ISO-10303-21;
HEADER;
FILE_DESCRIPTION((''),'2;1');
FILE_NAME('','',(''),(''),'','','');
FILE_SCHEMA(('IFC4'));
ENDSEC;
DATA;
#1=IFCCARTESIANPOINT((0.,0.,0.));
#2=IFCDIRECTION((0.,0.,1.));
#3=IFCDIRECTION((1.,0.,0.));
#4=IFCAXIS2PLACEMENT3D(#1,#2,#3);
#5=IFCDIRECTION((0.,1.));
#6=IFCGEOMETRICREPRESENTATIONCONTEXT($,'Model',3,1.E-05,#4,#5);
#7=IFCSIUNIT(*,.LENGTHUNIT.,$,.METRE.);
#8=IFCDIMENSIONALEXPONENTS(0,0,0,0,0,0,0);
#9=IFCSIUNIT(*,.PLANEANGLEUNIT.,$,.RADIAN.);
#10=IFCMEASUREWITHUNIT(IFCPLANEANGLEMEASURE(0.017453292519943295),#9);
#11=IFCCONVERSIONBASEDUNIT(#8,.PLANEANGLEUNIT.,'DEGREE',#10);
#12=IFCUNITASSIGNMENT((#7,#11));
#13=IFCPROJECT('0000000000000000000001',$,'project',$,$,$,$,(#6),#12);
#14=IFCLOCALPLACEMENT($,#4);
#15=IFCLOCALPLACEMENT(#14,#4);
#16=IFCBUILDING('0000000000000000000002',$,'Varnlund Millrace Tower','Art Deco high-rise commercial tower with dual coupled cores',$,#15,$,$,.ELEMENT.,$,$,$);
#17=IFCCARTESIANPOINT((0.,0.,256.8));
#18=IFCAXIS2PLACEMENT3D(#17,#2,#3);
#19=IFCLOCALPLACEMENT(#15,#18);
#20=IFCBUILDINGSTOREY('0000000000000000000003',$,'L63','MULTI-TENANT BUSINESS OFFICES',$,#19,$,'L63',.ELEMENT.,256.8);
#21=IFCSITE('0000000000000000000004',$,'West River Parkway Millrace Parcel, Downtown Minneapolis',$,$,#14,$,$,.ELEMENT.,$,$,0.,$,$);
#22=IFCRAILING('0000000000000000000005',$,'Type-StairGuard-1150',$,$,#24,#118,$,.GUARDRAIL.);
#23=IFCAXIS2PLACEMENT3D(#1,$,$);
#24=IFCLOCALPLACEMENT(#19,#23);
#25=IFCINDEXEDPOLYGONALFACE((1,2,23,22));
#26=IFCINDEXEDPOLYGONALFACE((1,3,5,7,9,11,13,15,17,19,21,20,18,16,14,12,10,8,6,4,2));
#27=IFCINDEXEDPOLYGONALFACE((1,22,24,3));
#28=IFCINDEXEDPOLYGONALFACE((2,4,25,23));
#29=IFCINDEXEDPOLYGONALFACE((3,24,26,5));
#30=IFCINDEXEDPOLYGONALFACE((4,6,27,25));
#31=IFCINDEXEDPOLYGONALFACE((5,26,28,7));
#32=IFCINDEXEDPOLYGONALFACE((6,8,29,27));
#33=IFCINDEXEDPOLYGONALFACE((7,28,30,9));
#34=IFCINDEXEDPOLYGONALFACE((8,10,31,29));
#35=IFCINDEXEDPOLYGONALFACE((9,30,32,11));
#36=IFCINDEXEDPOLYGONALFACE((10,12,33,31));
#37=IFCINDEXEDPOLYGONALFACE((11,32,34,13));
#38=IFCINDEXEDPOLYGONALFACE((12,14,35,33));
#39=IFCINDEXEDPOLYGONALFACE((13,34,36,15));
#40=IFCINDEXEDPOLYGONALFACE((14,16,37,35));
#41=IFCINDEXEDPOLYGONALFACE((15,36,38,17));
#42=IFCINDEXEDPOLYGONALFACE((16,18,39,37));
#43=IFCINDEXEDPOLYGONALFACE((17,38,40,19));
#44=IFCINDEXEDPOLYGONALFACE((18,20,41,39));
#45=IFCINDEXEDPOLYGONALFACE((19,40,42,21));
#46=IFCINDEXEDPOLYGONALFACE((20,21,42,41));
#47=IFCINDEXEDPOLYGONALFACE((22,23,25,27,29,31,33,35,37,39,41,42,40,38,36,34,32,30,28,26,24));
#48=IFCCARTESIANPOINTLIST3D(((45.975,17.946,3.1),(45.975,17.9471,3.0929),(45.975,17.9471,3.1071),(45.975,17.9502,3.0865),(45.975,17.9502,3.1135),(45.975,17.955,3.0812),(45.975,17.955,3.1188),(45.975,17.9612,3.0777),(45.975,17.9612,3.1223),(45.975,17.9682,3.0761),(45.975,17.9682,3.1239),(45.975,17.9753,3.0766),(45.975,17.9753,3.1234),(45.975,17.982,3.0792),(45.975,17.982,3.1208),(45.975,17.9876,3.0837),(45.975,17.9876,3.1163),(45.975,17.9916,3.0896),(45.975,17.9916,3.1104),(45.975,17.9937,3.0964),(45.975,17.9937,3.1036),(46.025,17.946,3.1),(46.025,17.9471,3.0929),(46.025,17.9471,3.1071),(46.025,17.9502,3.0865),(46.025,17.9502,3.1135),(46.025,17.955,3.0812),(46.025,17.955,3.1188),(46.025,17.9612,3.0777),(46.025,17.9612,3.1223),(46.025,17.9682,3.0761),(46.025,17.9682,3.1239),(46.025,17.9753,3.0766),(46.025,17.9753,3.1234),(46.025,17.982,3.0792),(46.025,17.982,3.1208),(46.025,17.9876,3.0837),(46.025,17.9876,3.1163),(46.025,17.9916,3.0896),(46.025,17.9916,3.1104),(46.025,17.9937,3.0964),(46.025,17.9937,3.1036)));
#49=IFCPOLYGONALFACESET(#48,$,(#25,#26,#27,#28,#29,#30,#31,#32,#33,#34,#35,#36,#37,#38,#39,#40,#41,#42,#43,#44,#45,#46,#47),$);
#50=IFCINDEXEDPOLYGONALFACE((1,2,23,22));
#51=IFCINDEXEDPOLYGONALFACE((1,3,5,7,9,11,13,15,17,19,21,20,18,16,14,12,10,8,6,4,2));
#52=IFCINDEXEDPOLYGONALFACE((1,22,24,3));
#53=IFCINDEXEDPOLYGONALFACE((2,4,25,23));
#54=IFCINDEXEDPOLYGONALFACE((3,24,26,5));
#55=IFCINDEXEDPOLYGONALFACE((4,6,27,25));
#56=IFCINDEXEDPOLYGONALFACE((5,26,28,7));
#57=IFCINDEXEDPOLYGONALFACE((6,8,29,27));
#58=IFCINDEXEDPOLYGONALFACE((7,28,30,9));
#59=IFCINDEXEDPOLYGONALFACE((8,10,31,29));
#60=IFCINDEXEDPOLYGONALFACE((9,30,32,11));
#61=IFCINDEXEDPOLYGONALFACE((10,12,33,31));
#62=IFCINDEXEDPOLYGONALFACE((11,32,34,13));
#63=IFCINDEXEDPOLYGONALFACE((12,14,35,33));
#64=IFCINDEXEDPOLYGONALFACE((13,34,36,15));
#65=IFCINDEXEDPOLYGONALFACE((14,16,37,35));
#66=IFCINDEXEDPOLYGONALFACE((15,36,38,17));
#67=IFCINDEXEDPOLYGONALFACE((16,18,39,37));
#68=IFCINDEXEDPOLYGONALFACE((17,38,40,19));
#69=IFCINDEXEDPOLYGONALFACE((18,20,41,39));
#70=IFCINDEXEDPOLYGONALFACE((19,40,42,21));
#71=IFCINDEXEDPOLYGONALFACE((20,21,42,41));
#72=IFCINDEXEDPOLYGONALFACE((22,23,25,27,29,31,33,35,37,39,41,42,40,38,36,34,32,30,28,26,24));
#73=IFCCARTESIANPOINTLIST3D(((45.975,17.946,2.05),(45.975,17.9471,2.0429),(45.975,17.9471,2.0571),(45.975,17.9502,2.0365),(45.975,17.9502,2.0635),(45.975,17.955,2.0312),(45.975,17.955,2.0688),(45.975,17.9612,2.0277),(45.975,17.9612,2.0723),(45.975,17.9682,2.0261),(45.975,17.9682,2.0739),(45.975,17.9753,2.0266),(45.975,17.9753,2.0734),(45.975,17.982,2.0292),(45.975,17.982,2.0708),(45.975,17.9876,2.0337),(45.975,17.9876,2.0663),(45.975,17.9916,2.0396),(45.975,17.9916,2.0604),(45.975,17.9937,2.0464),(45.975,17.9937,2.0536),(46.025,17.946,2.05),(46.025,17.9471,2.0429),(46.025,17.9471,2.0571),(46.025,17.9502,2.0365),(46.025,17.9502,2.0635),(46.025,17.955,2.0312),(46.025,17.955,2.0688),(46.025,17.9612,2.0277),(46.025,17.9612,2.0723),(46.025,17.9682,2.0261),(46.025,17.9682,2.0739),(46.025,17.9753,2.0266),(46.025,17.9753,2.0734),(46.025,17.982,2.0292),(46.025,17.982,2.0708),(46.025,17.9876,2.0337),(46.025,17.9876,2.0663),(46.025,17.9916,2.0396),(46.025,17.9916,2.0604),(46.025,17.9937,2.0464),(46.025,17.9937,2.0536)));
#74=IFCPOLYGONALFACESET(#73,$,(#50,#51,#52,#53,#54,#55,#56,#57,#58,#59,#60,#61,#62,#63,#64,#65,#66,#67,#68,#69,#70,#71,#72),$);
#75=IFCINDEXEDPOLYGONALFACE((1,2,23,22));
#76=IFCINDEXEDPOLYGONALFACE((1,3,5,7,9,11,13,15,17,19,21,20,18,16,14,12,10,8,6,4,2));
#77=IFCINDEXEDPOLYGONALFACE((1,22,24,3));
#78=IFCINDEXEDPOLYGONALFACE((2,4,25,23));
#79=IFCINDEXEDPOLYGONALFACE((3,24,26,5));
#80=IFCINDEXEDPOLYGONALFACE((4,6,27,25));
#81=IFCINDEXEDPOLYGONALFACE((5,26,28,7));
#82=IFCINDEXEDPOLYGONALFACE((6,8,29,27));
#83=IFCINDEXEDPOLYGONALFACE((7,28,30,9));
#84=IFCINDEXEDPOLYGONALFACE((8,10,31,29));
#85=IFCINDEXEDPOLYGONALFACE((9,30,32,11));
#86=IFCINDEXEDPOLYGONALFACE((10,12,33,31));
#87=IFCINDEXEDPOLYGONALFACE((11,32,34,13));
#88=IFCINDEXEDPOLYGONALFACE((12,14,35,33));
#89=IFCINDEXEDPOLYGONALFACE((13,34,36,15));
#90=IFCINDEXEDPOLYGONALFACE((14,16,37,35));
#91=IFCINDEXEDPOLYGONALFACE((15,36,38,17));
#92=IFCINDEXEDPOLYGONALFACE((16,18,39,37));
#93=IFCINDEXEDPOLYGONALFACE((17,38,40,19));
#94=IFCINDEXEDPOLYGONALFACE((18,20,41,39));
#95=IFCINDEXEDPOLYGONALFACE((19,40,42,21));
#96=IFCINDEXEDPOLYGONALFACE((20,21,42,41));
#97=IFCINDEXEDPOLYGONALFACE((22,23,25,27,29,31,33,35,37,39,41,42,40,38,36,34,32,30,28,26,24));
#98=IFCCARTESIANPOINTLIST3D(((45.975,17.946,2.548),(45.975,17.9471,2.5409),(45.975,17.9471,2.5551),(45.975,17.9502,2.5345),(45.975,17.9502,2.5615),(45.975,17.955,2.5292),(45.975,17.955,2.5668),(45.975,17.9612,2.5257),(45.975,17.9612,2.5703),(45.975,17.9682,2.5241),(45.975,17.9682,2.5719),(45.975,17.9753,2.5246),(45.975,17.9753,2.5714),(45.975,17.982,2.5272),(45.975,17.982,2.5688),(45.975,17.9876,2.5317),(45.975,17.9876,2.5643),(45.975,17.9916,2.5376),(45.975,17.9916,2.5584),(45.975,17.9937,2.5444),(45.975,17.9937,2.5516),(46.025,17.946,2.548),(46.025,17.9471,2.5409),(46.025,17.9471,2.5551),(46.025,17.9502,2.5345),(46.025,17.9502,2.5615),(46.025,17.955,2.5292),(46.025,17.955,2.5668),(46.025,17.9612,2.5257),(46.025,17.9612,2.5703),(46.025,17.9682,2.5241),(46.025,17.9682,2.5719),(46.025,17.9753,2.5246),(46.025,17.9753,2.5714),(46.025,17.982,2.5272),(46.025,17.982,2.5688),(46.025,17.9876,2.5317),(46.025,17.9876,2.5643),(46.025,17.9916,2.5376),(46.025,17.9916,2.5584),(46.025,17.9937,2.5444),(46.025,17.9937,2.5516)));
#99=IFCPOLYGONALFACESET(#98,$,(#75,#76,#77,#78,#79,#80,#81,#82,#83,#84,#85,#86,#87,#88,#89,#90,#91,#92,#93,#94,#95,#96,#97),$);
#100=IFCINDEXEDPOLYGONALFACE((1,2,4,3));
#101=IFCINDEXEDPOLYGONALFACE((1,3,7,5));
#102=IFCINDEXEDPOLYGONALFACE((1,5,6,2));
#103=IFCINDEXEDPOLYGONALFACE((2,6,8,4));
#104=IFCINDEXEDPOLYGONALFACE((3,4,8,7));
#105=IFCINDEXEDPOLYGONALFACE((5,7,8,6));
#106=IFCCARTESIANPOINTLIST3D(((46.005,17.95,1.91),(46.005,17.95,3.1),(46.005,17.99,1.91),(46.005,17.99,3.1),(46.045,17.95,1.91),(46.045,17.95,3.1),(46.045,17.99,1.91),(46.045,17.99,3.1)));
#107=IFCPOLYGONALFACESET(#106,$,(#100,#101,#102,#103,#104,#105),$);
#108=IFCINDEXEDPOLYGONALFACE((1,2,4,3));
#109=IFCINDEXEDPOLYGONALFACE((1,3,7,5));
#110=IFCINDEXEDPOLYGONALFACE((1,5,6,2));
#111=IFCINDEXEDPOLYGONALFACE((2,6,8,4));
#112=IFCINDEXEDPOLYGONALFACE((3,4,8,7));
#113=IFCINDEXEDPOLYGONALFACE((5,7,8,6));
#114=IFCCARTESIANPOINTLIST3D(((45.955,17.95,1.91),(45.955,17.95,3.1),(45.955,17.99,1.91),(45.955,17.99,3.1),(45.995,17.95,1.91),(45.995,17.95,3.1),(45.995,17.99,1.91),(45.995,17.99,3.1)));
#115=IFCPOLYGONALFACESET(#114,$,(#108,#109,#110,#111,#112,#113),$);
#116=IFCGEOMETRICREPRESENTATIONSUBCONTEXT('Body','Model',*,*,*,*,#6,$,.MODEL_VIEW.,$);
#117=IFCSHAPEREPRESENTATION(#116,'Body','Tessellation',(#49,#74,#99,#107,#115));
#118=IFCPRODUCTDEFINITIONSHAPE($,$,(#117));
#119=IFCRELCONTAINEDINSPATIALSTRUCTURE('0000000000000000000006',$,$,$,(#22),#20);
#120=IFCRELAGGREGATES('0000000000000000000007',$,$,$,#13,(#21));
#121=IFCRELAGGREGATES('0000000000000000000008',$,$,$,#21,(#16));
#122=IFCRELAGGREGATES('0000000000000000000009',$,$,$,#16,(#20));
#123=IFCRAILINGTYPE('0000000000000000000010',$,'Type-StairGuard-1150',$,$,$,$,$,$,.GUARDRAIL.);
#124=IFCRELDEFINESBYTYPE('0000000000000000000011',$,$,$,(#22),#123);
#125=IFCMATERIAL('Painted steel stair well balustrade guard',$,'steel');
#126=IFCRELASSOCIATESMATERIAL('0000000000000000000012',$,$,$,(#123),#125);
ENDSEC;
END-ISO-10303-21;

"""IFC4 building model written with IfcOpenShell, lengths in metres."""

from ifc_helpers import new_model, entity, si_unit, converted_unit, direction, frame, origin_with_axes, origin_2d_with_axis, place, context, subcontext, project, spatial, rectangle, circle, extrude, material, type_object, element, save


model = new_model("IFC4")

# Units and contexts
model_context = context("Model", 3, precision=1e-05, world=origin_with_axes(), true_north=direction((0.0, 1.0)))
body_context = subcontext(model_context, "Body", "Model", "MODEL_VIEW")
ifc_project = project(units=[si_unit("LENGTHUNIT", "METRE"), converted_unit("PLANEANGLEUNIT", "DEGREE", entity("IfcPlaneAngleMeasure", 0.017453292519943295), si_unit("PLANEANGLEUNIT", "RADIAN"), dimensions=[0, 0, 0, 0, 0, 0, 0])], contexts=[model_context])

# Site, building, storey
site_placement = place(None, origin_with_axes())
site = spatial("IfcSite", under=ifc_project, at=site_placement, Name="West River Parkway Millrace Parcel, Downtown Minneapolis", CompositionType="ELEMENT", RefElevation=0.0)
building_placement = place(site_placement, origin_with_axes())
building = spatial("IfcBuilding", under=site, at=building_placement, Name="Varnlund Millrace Tower", Description="Art Deco high-rise commercial tower with dual coupled cores", CompositionType="ELEMENT")
storey_placement = place(building_placement, frame((0.0, 0.0, 256.8), z_axis=(0.0, 0.0, 1.0), x_axis=(1.0, 0.0, 0.0)))
storey = spatial("IfcBuildingStorey", under=building, at=storey_placement, Name="L63", Description="MULTI-TENANT BUSINESS OFFICES", LongName="L63", CompositionType="ELEMENT", Elevation=256.8)

# Railing
ifc_material_1 = material(Name="Painted steel stair well balustrade guard", Category="steel")
railing_type_1 = type_object("IfcRailingType", Name="Type-StairGuard-1150", PredefinedType="GUARDRAIL", material=ifc_material_1)
railing_1_placement = place(storey_placement, frame((0.0, 0.0, -256.8), z_axis=(0.0, 0.0, 1.0), x_axis=(1.0, 0.0, 0.0)))
element("IfcRailing", 1, at=railing_1_placement, inside=storey, type_object=railing_type_1, Name="Type-StairGuard-1150", PredefinedType="GUARDRAIL", context=body_context, shape_type="SweptSolid", body=[
    extrude(circle(Radius=0.024, at=origin_2d_with_axis()), frame((46.025, 17.97, 259.9), z_axis=(-1.0, 0.0, 0.0), x_axis=(0.0, -1.0, 0.0)), (0.0, 0.0, 1.0), 0.05),
    extrude(circle(Radius=0.024, at=origin_2d_with_axis()), frame((46.025, 17.97, 258.85), z_axis=(-1.0, 0.0, 0.0), x_axis=(0.0, -1.0, 0.0)), (0.0, 0.0, 1.0), 0.05),
    extrude(circle(Radius=0.024, at=origin_2d_with_axis()), frame((46.025, 17.97, 259.348), z_axis=(-1.0, 0.0, 0.0), x_axis=(0.0, -1.0, 0.0)), (0.0, 0.0, 1.0), 0.05),
    extrude(rectangle(XDim=0.04, YDim=0.04, at=origin_2d_with_axis()), frame((46.025, 17.97, 258.71), z_axis=(0.0, 0.0, 1.0), x_axis=(1.0, 0.0, 0.0)), (0.0, 0.0, 1.0), 1.19),
    extrude(rectangle(XDim=0.04, YDim=0.04, at=origin_2d_with_axis()), frame((45.975, 17.97, 258.71), z_axis=(0.0, 0.0, 1.0), x_axis=(1.0, 0.0, 0.0)), (0.0, 0.0, 1.0), 1.19),
])

save(model, "model.ifc")
